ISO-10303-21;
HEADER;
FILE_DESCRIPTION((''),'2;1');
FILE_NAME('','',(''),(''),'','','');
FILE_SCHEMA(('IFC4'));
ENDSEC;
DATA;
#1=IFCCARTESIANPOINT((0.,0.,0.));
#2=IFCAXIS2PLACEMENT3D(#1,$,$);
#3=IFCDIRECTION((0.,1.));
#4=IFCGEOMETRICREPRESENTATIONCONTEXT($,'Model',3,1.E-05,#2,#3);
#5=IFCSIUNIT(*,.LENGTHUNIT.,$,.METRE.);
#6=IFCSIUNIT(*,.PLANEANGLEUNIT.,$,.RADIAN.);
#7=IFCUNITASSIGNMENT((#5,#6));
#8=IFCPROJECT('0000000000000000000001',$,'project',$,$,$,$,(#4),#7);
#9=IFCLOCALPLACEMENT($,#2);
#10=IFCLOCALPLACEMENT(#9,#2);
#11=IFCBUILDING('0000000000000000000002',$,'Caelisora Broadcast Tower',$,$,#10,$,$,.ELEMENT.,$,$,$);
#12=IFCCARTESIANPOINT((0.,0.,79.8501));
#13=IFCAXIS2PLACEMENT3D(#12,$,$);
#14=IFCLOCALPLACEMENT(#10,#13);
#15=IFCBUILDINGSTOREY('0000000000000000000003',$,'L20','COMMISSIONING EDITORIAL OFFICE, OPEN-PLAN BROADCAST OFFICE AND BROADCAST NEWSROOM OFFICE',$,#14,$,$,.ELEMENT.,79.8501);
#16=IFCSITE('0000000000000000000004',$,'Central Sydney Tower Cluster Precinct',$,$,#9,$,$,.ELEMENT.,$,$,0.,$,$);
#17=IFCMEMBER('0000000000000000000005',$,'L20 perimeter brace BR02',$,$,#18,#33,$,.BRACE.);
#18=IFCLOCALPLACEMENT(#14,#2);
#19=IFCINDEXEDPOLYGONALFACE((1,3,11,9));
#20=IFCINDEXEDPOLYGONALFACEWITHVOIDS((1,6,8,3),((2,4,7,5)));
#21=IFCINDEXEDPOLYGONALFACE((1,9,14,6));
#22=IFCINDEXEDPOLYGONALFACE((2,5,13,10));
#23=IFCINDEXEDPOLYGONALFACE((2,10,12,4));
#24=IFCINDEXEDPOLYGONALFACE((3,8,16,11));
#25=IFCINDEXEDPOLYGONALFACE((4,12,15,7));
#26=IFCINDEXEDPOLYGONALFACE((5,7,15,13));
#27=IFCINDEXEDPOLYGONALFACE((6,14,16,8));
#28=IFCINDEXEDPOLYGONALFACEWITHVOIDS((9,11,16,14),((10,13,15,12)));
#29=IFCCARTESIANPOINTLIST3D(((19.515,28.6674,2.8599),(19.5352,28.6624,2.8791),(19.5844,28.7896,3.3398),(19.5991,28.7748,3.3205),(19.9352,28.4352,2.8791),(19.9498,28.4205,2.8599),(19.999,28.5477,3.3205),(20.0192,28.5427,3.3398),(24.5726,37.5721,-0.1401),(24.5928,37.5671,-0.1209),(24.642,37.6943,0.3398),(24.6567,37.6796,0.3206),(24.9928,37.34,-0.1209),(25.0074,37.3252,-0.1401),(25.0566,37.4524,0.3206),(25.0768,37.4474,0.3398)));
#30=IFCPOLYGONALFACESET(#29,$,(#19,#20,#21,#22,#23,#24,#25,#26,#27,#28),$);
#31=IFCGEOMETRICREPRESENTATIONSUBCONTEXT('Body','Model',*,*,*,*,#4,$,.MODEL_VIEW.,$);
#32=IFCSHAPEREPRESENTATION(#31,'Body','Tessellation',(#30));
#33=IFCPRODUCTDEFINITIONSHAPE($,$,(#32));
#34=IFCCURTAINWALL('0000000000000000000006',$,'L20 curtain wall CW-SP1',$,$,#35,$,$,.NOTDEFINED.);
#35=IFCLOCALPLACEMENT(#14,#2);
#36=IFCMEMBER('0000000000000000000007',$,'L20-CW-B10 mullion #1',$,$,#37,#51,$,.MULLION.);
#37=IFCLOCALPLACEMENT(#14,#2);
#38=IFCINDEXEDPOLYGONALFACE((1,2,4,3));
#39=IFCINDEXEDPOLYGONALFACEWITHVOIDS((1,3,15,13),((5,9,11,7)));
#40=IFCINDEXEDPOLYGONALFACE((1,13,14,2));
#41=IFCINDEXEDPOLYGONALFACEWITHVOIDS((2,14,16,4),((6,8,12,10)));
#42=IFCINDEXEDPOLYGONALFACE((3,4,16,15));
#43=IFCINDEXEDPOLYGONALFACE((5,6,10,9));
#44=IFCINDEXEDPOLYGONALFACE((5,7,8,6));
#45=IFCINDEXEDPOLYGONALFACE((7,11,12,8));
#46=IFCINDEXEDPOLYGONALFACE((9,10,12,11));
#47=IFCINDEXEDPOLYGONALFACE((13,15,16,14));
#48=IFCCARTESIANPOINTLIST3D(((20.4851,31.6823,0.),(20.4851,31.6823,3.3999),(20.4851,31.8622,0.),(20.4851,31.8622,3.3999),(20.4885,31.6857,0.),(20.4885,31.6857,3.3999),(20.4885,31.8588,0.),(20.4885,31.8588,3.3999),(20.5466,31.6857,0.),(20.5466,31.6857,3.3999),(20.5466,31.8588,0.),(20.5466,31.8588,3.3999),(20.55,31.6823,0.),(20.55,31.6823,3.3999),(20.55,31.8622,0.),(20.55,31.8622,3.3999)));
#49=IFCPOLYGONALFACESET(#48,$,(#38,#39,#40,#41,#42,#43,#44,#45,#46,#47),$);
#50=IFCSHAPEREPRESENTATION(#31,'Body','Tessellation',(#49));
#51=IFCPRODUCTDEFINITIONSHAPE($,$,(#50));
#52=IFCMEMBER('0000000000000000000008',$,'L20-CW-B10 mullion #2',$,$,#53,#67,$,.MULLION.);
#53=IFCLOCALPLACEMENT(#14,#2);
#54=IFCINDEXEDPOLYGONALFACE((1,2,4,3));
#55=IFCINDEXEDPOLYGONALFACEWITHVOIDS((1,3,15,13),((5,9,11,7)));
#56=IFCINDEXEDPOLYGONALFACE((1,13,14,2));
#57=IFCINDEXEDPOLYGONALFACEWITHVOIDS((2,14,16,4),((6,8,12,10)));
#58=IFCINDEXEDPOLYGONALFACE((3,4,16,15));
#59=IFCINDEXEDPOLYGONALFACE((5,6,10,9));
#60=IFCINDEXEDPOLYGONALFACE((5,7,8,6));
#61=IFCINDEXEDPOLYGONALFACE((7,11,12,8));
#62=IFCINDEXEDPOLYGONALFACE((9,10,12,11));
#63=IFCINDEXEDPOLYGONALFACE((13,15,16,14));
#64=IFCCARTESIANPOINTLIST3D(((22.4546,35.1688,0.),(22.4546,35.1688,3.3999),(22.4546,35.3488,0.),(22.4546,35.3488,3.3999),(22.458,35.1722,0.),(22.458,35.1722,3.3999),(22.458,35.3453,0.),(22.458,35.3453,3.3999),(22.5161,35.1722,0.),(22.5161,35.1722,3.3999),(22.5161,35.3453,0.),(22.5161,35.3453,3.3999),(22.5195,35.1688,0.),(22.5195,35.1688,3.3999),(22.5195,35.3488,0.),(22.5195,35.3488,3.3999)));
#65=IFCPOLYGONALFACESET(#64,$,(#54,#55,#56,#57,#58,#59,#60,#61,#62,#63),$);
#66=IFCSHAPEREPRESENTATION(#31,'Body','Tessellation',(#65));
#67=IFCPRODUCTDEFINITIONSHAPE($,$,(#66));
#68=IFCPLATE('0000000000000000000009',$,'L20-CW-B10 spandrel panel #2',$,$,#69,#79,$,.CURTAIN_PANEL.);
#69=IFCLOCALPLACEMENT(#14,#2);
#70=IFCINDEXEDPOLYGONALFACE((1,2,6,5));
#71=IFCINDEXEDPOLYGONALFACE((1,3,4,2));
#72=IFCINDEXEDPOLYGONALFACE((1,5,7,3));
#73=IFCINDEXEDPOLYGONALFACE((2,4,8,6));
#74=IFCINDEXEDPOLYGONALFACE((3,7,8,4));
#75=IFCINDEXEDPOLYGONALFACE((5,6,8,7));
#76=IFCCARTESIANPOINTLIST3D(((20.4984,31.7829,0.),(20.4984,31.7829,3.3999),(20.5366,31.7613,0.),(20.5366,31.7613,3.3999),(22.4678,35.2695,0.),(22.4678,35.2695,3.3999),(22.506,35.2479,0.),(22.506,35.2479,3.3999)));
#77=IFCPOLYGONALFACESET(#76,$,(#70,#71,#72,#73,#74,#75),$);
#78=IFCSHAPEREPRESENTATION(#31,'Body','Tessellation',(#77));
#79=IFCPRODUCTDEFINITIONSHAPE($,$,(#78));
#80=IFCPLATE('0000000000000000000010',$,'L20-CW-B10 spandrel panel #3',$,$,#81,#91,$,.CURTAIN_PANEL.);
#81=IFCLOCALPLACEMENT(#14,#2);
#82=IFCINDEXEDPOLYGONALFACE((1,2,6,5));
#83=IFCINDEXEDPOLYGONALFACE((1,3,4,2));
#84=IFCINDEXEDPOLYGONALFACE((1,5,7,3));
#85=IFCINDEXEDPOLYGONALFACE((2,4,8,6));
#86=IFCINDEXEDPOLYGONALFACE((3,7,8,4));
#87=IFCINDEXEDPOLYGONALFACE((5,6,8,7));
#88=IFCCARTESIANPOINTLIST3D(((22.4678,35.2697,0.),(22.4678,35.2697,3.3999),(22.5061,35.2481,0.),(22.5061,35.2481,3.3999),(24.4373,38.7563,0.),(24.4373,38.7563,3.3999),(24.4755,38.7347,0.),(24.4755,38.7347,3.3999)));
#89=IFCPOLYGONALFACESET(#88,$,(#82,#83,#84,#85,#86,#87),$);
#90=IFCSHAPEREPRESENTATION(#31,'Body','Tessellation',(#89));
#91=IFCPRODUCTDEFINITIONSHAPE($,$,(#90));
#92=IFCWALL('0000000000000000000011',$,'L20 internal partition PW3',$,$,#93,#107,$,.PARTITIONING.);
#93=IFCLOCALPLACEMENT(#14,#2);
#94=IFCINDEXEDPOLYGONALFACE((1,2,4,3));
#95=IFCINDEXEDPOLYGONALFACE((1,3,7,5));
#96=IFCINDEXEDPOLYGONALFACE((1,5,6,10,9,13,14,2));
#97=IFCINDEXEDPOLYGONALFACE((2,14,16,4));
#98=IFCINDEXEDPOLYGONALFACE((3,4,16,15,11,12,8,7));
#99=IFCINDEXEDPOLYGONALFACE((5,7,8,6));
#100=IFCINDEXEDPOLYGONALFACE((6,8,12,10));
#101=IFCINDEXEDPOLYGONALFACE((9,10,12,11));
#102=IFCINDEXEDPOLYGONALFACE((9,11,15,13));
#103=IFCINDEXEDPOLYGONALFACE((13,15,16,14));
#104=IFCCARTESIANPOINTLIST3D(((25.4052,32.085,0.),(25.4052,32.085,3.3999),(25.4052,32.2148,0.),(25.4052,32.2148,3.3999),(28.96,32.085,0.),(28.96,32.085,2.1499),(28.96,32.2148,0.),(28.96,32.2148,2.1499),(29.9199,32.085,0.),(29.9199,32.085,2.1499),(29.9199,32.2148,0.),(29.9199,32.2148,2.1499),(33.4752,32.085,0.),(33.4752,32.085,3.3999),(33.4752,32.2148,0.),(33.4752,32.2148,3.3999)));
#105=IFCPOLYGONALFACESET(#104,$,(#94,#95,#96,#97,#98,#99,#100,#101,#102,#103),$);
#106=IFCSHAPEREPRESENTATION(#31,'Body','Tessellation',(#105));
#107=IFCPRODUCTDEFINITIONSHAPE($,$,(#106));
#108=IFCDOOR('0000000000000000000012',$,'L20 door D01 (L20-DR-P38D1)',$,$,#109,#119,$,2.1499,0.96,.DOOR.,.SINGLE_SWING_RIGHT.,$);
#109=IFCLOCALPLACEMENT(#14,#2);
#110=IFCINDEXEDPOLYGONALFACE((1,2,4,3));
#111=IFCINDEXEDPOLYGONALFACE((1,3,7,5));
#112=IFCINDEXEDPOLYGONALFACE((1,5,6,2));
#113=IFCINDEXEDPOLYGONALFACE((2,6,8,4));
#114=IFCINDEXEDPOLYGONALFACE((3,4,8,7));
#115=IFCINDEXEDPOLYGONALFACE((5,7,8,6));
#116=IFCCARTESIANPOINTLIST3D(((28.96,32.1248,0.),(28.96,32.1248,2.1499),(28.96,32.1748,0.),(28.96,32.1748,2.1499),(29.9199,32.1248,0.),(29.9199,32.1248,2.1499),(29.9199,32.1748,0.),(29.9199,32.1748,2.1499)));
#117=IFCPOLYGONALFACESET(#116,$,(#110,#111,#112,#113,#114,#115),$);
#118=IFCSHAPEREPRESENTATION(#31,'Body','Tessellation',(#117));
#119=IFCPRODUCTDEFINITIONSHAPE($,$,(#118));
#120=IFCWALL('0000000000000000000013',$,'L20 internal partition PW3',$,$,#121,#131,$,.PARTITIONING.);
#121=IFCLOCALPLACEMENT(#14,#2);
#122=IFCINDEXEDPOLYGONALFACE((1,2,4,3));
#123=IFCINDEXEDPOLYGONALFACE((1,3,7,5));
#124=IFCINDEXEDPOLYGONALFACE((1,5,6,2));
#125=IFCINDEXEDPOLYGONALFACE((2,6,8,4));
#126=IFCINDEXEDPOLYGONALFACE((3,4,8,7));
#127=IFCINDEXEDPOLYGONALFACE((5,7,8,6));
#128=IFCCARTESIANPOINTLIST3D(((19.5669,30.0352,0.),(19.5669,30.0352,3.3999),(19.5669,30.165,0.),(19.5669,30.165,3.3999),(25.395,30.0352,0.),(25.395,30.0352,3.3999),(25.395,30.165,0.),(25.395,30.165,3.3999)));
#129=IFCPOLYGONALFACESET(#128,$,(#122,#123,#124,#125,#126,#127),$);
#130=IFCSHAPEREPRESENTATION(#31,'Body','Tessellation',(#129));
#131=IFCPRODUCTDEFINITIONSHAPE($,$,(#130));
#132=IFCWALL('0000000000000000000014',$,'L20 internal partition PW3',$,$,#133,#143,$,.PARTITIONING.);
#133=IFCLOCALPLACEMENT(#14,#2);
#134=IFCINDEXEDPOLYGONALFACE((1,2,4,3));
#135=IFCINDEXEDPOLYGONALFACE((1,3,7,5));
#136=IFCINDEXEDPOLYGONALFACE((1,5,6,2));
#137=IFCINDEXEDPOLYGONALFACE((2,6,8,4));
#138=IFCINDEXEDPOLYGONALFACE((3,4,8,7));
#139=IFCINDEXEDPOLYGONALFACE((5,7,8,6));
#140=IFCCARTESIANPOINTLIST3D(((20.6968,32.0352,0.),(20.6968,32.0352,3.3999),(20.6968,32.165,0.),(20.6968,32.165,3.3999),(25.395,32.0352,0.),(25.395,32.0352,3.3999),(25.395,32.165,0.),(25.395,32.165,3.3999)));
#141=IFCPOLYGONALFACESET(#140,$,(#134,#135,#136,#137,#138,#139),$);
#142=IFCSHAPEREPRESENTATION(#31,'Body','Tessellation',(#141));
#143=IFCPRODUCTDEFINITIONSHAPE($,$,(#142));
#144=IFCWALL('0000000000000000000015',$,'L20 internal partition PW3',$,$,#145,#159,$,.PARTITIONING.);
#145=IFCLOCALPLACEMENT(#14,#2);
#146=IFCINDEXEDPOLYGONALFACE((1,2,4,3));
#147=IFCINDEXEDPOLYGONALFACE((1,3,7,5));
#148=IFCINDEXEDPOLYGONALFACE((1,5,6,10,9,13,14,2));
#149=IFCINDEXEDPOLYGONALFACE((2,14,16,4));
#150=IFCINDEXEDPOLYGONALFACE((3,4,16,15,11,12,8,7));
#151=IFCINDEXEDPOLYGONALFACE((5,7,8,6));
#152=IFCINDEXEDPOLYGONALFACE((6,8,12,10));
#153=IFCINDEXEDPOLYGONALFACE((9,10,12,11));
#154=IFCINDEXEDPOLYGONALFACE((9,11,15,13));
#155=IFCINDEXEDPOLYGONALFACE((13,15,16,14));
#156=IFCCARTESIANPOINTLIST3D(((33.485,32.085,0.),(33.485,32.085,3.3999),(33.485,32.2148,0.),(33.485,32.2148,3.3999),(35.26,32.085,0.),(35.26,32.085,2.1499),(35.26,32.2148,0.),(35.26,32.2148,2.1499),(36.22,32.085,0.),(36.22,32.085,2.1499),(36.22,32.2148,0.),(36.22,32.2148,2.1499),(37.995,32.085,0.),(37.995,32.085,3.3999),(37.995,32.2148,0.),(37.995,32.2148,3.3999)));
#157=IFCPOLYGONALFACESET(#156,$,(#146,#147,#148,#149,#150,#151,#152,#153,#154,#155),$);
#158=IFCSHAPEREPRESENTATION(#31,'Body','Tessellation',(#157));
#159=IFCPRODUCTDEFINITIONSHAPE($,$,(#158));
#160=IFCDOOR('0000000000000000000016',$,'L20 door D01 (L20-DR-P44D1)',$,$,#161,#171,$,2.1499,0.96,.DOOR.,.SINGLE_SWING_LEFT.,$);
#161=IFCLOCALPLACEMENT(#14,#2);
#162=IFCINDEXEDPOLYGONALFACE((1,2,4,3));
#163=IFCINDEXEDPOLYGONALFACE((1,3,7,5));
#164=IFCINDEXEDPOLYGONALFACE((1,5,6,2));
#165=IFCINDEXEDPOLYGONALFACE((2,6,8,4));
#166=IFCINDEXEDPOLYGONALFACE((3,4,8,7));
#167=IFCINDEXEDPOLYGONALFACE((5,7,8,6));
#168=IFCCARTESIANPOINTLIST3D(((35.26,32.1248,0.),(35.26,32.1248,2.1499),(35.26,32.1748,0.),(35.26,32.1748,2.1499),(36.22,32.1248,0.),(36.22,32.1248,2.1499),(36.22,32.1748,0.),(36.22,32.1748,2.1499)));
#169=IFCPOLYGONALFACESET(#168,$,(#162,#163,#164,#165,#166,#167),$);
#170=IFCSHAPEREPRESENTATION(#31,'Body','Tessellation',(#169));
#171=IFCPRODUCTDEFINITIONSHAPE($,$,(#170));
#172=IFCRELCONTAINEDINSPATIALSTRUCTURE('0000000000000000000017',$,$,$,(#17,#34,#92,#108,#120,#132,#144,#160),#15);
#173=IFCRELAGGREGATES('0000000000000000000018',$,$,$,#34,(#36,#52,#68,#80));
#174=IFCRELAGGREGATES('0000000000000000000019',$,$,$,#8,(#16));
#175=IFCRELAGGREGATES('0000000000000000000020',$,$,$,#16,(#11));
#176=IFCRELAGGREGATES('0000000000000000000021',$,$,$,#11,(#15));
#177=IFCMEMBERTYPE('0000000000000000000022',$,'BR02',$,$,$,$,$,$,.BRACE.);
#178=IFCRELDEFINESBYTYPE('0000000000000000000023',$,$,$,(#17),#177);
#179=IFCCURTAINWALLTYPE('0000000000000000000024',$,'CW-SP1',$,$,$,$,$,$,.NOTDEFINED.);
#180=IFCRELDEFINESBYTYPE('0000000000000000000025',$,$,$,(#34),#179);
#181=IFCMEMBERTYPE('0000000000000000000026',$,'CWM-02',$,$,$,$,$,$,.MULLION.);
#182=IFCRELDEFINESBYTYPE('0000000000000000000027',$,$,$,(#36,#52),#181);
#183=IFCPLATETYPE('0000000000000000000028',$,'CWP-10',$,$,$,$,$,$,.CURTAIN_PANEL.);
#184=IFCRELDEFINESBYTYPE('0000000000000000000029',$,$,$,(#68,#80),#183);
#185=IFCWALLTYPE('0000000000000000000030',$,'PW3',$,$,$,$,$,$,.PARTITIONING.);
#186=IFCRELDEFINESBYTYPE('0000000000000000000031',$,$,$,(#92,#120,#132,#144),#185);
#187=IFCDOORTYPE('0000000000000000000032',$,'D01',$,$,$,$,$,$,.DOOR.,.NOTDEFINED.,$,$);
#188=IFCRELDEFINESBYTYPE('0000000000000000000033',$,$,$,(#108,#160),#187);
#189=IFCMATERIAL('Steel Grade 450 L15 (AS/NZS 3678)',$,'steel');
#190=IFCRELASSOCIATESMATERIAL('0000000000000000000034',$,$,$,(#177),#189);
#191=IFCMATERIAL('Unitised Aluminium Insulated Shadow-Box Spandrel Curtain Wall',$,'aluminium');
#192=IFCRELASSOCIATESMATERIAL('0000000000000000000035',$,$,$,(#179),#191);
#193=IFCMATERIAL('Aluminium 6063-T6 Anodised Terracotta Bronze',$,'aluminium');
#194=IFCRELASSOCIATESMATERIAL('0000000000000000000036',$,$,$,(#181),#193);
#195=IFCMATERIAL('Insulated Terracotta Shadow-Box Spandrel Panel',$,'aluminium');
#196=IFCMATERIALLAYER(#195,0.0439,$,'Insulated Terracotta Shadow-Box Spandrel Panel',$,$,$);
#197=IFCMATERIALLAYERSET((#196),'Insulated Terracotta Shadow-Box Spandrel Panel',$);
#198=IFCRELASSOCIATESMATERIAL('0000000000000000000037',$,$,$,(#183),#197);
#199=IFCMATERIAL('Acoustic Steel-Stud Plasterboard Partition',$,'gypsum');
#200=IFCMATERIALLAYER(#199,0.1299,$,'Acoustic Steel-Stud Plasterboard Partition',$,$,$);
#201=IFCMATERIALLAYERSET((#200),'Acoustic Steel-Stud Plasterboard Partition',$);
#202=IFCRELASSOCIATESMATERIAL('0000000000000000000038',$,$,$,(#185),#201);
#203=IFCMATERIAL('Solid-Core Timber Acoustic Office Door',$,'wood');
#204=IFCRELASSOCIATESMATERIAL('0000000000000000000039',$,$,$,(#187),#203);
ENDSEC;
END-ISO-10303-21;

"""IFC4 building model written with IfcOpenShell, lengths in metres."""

from ifc_helpers import new_model, si_unit, direction, frame, frame_2d, origin, origin_2d, place, context, subcontext, project, spatial, rectangle, hollow_rectangle, extrude, source, transform, mapped, material, layer, layer_set, material_profile, profile_set, type_object, type_shapes, element, fill, aggregate, save


model = new_model("IFC4")

# Units and contexts
model_context = context("Model", 3, precision=1e-05, world=origin(), true_north=direction((0.0, 1.0)))
body_context = subcontext(model_context, "Body", "Model", "MODEL_VIEW")
ifc_project = project(units=[si_unit("LENGTHUNIT", "METRE"), si_unit("PLANEANGLEUNIT", "RADIAN")], contexts=[model_context])

# Site, building, storey
site_placement = place(None, origin())
site = spatial("IfcSite", under=ifc_project, at=site_placement, Name="Central Sydney Tower Cluster Precinct", CompositionType="ELEMENT", RefElevation=0.0)
building_placement = place(site_placement, origin())
building = spatial("IfcBuilding", under=site, at=building_placement, Name="Caelisora Broadcast Tower", CompositionType="ELEMENT")
storey_placement = place(building_placement, frame((0.0, 0.0, 79.8501)))
storey = spatial("IfcBuildingStorey", under=building, at=storey_placement, Name="L20", Description="COMMISSIONING EDITORIAL OFFICE, OPEN-PLAN BROADCAST OFFICE AND BROADCAST NEWSROOM OFFICE", CompositionType="ELEMENT", Elevation=79.8501)

# Member
ifc_material_1 = material(Name="Steel Grade 450 L15 (AS/NZS 3678)", Category="steel")
ifc_material_profile_1 = material_profile(ifc_material_1, hollow_rectangle(XDim=0.5, YDim=0.5, WallThickness=0.02, at=origin_2d()), Name="Steel Grade 450 L15 (AS/NZS 3678)")
ifc_profile_set_1 = profile_set([ifc_material_profile_1], Name="Steel Grade 450 L15 (AS/NZS 3678)")
member_type_1 = type_object("IfcMemberType", Name="BR02", PredefinedType="BRACE", material=ifc_profile_set_1)
shared_shape_1 = source(origin(), body_context, "Body", "SweptSolid", [
    extrude(hollow_rectangle(XDim=0.5, YDim=0.5, WallThickness=0.02, at=origin_2d()), origin(), (0.0, 0.0, 1.0), 10.6711),
])
type_shapes(member_type_1, [shared_shape_1])
member_1_placement = place(storey_placement, frame((24.8247, 37.5098, 0.0999), z_axis=(-0.47395, -0.834468, 0.28113), x_axis=(0.869537, -0.493868, 0.0)))
element("IfcMember", 1, at=member_1_placement, inside=storey, type_object=member_type_1, Name="L20 perimeter brace BR02", PredefinedType="BRACE", context=body_context, shape_type="MappedRepresentation", body=[
    mapped(shared_shape_1, transform((0.0, 0.0, 0.0), scale=1.0)),
])

# Curtain wall, members, plates
ifc_material_2 = material(Name="Unitised Aluminium Insulated Shadow-Box Spandrel Curtain Wall", Category="aluminium")
curtain_wall_type = type_object("IfcCurtainWallType", Name="CW-SP1", PredefinedType="NOTDEFINED", material=ifc_material_2)
curtain_wall_placement = place(storey_placement, origin())
curtain_wall = element("IfcCurtainWall", 2, at=curtain_wall_placement, inside=storey, type_object=curtain_wall_type, Name="L20 curtain wall CW-SP1", PredefinedType="NOTDEFINED")
ifc_material_3 = material(Name="Aluminium 6063-T6 Anodised Terracotta Bronze", Category="aluminium")
ifc_material_profile_2 = material_profile(ifc_material_3, hollow_rectangle(XDim=0.0649, YDim=0.1799, WallThickness=0.0034, at=origin_2d()), Name="Aluminium 6063-T6 Anodised Terracotta Bronze")
ifc_profile_set_2 = profile_set([ifc_material_profile_2], Name="Aluminium 6063-T6 Anodised Terracotta Bronze")
member_type_2 = type_object("IfcMemberType", Name="CWM-02", PredefinedType="MULLION", material=ifc_profile_set_2)
shared_shape_2 = source(origin(), body_context, "Body", "SweptSolid", [
    extrude(hollow_rectangle(XDim=0.0649, YDim=0.1799, WallThickness=0.0034, at=origin_2d()), origin(), (0.0, 0.0, 1.0), 3.3999),
])
type_shapes(member_type_2, [shared_shape_2])
member_2_placement = place(storey_placement, frame((20.5176, 31.7722, 0.0), z_axis=(0.0, 0.0, 1.0), x_axis=(1.0, 0.0, 0.0)))
member_2 = element("IfcMember", 3, at=member_2_placement, type_object=member_type_2, Name="L20-CW-B10 mullion #1", PredefinedType="MULLION", context=body_context, shape_type="MappedRepresentation", body=[
    mapped(shared_shape_2, transform((0.0, 0.0, 0.0), scale=1.0)),
])
member_3_placement = place(storey_placement, frame((22.4871, 35.2588, 0.0), z_axis=(0.0, 0.0, 1.0), x_axis=(1.0, 0.0, 0.0)))
member_3 = element("IfcMember", 4, at=member_3_placement, type_object=member_type_2, Name="L20-CW-B10 mullion #2", PredefinedType="MULLION", context=body_context, shape_type="MappedRepresentation", body=[
    mapped(shared_shape_2, transform((0.0, 0.0, 0.0), scale=1.0)),
])
ifc_material_4 = material(Name="Insulated Terracotta Shadow-Box Spandrel Panel", Category="aluminium")
ifc_layer_1 = layer(ifc_material_4, 0.0439, Name="Insulated Terracotta Shadow-Box Spandrel Panel")
ifc_layer_set_1 = layer_set([ifc_layer_1], Name="Insulated Terracotta Shadow-Box Spandrel Panel")
plate_type = type_object("IfcPlateType", Name="CWP-10", PredefinedType="CURTAIN_PANEL", material=ifc_layer_set_1)
shared_shape_3 = source(origin(), body_context, "Body", "SweptSolid", [
    extrude(rectangle(XDim=4.0044, YDim=0.0439, at=origin_2d()), origin(), (0.0, 0.0, 1.0), 3.3999),
])
type_shapes(plate_type, [shared_shape_3])
plate_1_placement = place(storey_placement, frame((21.5022, 33.5154, 0.0), z_axis=(0.0, 0.0, 1.0), x_axis=(0.491816, 0.870699, 0.0)))
plate_1 = element("IfcPlate", 5, at=plate_1_placement, type_object=plate_type, Name="L20-CW-B10 spandrel panel #2", PredefinedType="CURTAIN_PANEL", context=body_context, shape_type="MappedRepresentation", body=[
    mapped(shared_shape_3, transform((0.0, 0.0, 0.0), scale=1.0)),
])
plate_2_placement = place(storey_placement, frame((23.4717, 37.0022, 0.0), z_axis=(0.0, 0.0, 1.0), x_axis=(0.491816, 0.870699, 0.0)))
plate_2 = element("IfcPlate", 6, at=plate_2_placement, type_object=plate_type, Name="L20-CW-B10 spandrel panel #3", PredefinedType="CURTAIN_PANEL", context=body_context, shape_type="MappedRepresentation", body=[
    mapped(shared_shape_3, transform((0.0, 0.0, 0.0), scale=1.0)),
])
aggregate(curtain_wall, [member_2, member_3, plate_1, plate_2])

# Wall, opening, door
ifc_material_5 = material(Name="Acoustic Steel-Stud Plasterboard Partition", Category="gypsum")
ifc_layer_2 = layer(ifc_material_5, 0.1299, Name="Acoustic Steel-Stud Plasterboard Partition")
ifc_layer_set_2 = layer_set([ifc_layer_2], Name="Acoustic Steel-Stud Plasterboard Partition")
wall_type = type_object("IfcWallType", Name="PW3", PredefinedType="PARTITIONING", material=ifc_layer_set_2)
wall_1_placement = place(storey_placement, frame((25.405, 32.1499, 0.0), z_axis=(0.0, 0.0, 1.0), x_axis=(1.0, 0.0, 0.0)))
wall_1 = element("IfcWall", 7, at=wall_1_placement, inside=storey, type_object=wall_type, Name="L20 internal partition PW3", PredefinedType="PARTITIONING", context=body_context, shape_type="SweptSolid", body=[
    extrude(rectangle(XDim=8.0701, YDim=0.1299, at=frame_2d((4.0352, 0.0))), origin(), (0.0, 0.0, 1.0), 3.3999),
])
opening_1_placement = place(wall_1_placement, frame((3.5549, 0.0, 0.0)))
opening_1 = element("IfcOpeningElement", 8, at=opening_1_placement, cuts=wall_1, PredefinedType="OPENING", context=body_context, shape_type="SweptSolid", body=[
    extrude(rectangle(XDim=0.96, YDim=2.1499, at=frame_2d((0.48, 1.075))), frame((0.0, 0.0769, 0.0), z_axis=(0.0, -1.0, 0.0), x_axis=(1.0, 0.0, 0.0)), (0.0, 0.0, 1.0), 0.1538),
])
ifc_material_6 = material(Name="Solid-Core Timber Acoustic Office Door", Category="wood")
door_type = type_object("IfcDoorType", Name="D01", OperationType="NOTDEFINED", PredefinedType="DOOR", material=ifc_material_6)
door_1_placement = place(opening_1_placement, origin())
door_1 = element("IfcDoor", 9, at=door_1_placement, inside=storey, type_object=door_type, Name="L20 door D01 (L20-DR-P38D1)", OperationType="SINGLE_SWING_RIGHT", OverallHeight=2.1499, OverallWidth=0.96, PredefinedType="DOOR", context=body_context, shape_type="SweptSolid", body=[
    extrude(rectangle(XDim=0.96, YDim=2.1499, at=frame_2d((0.48, 1.075))), frame((0.0, 0.0249, 0.0), z_axis=(0.0, -1.0, 0.0), x_axis=(1.0, 0.0, 0.0)), (0.0, 0.0, 1.0), 0.05),
])
fill(opening_1, door_1)

# Walls
wall_2_placement = place(storey_placement, frame((25.395, 30.1001, 0.0), z_axis=(0.0, 0.0, 1.0), x_axis=(-1.0, 0.0, 0.0)))
element("IfcWall", 10, at=wall_2_placement, inside=storey, type_object=wall_type, Name="L20 internal partition PW3", PredefinedType="PARTITIONING", context=body_context, shape_type="SweptSolid", body=[
    extrude(rectangle(XDim=5.8281, YDim=0.1299, at=frame_2d((2.9141, 0.0))), origin(), (0.0, 0.0, 1.0), 3.3999),
])
wall_3_placement = place(storey_placement, frame((20.6968, 32.1001, 0.0), z_axis=(0.0, 0.0, 1.0), x_axis=(1.0, 0.0, 0.0)))
element("IfcWall", 11, at=wall_3_placement, inside=storey, type_object=wall_type, Name="L20 internal partition PW3", PredefinedType="PARTITIONING", context=body_context, shape_type="SweptSolid", body=[
    extrude(rectangle(XDim=4.6982, YDim=0.1299, at=frame_2d((2.3491, 0.0))), origin(), (0.0, 0.0, 1.0), 3.3999),
])

# Wall, opening, door
wall_4_placement = place(storey_placement, frame((33.4851, 32.1499, 0.0), z_axis=(0.0, 0.0, 1.0), x_axis=(1.0, 0.0, 0.0)))
wall_4 = element("IfcWall", 12, at=wall_4_placement, inside=storey, type_object=wall_type, Name="L20 internal partition PW3", PredefinedType="PARTITIONING", context=body_context, shape_type="SweptSolid", body=[
    extrude(rectangle(XDim=4.51, YDim=0.1299, at=frame_2d((2.2549, 0.0))), origin(), (0.0, 0.0, 1.0), 3.3999),
])
opening_2_placement = place(wall_4_placement, frame((1.7749, 0.0, 0.0)))
opening_2 = element("IfcOpeningElement", 13, at=opening_2_placement, cuts=wall_4, PredefinedType="OPENING", context=body_context, shape_type="SweptSolid", body=[
    extrude(rectangle(XDim=0.96, YDim=2.1499, at=frame_2d((0.48, 1.075))), frame((0.0, 0.0769, 0.0), z_axis=(0.0, -1.0, 0.0), x_axis=(1.0, 0.0, 0.0)), (0.0, 0.0, 1.0), 0.1538),
])
door_2_placement = place(opening_2_placement, origin())
door_2 = element("IfcDoor", 14, at=door_2_placement, inside=storey, type_object=door_type, Name="L20 door D01 (L20-DR-P44D1)", OperationType="SINGLE_SWING_LEFT", OverallHeight=2.1499, OverallWidth=0.96, PredefinedType="DOOR", context=body_context, shape_type="SweptSolid", body=[
    extrude(rectangle(XDim=0.96, YDim=2.1499, at=frame_2d((0.48, 1.075))), frame((0.0, 0.0249, 0.0), z_axis=(0.0, -1.0, 0.0), x_axis=(1.0, 0.0, 0.0)), (0.0, 0.0, 1.0), 0.05),
])
fill(opening_2, door_2)

save(model, "model.ifc")
